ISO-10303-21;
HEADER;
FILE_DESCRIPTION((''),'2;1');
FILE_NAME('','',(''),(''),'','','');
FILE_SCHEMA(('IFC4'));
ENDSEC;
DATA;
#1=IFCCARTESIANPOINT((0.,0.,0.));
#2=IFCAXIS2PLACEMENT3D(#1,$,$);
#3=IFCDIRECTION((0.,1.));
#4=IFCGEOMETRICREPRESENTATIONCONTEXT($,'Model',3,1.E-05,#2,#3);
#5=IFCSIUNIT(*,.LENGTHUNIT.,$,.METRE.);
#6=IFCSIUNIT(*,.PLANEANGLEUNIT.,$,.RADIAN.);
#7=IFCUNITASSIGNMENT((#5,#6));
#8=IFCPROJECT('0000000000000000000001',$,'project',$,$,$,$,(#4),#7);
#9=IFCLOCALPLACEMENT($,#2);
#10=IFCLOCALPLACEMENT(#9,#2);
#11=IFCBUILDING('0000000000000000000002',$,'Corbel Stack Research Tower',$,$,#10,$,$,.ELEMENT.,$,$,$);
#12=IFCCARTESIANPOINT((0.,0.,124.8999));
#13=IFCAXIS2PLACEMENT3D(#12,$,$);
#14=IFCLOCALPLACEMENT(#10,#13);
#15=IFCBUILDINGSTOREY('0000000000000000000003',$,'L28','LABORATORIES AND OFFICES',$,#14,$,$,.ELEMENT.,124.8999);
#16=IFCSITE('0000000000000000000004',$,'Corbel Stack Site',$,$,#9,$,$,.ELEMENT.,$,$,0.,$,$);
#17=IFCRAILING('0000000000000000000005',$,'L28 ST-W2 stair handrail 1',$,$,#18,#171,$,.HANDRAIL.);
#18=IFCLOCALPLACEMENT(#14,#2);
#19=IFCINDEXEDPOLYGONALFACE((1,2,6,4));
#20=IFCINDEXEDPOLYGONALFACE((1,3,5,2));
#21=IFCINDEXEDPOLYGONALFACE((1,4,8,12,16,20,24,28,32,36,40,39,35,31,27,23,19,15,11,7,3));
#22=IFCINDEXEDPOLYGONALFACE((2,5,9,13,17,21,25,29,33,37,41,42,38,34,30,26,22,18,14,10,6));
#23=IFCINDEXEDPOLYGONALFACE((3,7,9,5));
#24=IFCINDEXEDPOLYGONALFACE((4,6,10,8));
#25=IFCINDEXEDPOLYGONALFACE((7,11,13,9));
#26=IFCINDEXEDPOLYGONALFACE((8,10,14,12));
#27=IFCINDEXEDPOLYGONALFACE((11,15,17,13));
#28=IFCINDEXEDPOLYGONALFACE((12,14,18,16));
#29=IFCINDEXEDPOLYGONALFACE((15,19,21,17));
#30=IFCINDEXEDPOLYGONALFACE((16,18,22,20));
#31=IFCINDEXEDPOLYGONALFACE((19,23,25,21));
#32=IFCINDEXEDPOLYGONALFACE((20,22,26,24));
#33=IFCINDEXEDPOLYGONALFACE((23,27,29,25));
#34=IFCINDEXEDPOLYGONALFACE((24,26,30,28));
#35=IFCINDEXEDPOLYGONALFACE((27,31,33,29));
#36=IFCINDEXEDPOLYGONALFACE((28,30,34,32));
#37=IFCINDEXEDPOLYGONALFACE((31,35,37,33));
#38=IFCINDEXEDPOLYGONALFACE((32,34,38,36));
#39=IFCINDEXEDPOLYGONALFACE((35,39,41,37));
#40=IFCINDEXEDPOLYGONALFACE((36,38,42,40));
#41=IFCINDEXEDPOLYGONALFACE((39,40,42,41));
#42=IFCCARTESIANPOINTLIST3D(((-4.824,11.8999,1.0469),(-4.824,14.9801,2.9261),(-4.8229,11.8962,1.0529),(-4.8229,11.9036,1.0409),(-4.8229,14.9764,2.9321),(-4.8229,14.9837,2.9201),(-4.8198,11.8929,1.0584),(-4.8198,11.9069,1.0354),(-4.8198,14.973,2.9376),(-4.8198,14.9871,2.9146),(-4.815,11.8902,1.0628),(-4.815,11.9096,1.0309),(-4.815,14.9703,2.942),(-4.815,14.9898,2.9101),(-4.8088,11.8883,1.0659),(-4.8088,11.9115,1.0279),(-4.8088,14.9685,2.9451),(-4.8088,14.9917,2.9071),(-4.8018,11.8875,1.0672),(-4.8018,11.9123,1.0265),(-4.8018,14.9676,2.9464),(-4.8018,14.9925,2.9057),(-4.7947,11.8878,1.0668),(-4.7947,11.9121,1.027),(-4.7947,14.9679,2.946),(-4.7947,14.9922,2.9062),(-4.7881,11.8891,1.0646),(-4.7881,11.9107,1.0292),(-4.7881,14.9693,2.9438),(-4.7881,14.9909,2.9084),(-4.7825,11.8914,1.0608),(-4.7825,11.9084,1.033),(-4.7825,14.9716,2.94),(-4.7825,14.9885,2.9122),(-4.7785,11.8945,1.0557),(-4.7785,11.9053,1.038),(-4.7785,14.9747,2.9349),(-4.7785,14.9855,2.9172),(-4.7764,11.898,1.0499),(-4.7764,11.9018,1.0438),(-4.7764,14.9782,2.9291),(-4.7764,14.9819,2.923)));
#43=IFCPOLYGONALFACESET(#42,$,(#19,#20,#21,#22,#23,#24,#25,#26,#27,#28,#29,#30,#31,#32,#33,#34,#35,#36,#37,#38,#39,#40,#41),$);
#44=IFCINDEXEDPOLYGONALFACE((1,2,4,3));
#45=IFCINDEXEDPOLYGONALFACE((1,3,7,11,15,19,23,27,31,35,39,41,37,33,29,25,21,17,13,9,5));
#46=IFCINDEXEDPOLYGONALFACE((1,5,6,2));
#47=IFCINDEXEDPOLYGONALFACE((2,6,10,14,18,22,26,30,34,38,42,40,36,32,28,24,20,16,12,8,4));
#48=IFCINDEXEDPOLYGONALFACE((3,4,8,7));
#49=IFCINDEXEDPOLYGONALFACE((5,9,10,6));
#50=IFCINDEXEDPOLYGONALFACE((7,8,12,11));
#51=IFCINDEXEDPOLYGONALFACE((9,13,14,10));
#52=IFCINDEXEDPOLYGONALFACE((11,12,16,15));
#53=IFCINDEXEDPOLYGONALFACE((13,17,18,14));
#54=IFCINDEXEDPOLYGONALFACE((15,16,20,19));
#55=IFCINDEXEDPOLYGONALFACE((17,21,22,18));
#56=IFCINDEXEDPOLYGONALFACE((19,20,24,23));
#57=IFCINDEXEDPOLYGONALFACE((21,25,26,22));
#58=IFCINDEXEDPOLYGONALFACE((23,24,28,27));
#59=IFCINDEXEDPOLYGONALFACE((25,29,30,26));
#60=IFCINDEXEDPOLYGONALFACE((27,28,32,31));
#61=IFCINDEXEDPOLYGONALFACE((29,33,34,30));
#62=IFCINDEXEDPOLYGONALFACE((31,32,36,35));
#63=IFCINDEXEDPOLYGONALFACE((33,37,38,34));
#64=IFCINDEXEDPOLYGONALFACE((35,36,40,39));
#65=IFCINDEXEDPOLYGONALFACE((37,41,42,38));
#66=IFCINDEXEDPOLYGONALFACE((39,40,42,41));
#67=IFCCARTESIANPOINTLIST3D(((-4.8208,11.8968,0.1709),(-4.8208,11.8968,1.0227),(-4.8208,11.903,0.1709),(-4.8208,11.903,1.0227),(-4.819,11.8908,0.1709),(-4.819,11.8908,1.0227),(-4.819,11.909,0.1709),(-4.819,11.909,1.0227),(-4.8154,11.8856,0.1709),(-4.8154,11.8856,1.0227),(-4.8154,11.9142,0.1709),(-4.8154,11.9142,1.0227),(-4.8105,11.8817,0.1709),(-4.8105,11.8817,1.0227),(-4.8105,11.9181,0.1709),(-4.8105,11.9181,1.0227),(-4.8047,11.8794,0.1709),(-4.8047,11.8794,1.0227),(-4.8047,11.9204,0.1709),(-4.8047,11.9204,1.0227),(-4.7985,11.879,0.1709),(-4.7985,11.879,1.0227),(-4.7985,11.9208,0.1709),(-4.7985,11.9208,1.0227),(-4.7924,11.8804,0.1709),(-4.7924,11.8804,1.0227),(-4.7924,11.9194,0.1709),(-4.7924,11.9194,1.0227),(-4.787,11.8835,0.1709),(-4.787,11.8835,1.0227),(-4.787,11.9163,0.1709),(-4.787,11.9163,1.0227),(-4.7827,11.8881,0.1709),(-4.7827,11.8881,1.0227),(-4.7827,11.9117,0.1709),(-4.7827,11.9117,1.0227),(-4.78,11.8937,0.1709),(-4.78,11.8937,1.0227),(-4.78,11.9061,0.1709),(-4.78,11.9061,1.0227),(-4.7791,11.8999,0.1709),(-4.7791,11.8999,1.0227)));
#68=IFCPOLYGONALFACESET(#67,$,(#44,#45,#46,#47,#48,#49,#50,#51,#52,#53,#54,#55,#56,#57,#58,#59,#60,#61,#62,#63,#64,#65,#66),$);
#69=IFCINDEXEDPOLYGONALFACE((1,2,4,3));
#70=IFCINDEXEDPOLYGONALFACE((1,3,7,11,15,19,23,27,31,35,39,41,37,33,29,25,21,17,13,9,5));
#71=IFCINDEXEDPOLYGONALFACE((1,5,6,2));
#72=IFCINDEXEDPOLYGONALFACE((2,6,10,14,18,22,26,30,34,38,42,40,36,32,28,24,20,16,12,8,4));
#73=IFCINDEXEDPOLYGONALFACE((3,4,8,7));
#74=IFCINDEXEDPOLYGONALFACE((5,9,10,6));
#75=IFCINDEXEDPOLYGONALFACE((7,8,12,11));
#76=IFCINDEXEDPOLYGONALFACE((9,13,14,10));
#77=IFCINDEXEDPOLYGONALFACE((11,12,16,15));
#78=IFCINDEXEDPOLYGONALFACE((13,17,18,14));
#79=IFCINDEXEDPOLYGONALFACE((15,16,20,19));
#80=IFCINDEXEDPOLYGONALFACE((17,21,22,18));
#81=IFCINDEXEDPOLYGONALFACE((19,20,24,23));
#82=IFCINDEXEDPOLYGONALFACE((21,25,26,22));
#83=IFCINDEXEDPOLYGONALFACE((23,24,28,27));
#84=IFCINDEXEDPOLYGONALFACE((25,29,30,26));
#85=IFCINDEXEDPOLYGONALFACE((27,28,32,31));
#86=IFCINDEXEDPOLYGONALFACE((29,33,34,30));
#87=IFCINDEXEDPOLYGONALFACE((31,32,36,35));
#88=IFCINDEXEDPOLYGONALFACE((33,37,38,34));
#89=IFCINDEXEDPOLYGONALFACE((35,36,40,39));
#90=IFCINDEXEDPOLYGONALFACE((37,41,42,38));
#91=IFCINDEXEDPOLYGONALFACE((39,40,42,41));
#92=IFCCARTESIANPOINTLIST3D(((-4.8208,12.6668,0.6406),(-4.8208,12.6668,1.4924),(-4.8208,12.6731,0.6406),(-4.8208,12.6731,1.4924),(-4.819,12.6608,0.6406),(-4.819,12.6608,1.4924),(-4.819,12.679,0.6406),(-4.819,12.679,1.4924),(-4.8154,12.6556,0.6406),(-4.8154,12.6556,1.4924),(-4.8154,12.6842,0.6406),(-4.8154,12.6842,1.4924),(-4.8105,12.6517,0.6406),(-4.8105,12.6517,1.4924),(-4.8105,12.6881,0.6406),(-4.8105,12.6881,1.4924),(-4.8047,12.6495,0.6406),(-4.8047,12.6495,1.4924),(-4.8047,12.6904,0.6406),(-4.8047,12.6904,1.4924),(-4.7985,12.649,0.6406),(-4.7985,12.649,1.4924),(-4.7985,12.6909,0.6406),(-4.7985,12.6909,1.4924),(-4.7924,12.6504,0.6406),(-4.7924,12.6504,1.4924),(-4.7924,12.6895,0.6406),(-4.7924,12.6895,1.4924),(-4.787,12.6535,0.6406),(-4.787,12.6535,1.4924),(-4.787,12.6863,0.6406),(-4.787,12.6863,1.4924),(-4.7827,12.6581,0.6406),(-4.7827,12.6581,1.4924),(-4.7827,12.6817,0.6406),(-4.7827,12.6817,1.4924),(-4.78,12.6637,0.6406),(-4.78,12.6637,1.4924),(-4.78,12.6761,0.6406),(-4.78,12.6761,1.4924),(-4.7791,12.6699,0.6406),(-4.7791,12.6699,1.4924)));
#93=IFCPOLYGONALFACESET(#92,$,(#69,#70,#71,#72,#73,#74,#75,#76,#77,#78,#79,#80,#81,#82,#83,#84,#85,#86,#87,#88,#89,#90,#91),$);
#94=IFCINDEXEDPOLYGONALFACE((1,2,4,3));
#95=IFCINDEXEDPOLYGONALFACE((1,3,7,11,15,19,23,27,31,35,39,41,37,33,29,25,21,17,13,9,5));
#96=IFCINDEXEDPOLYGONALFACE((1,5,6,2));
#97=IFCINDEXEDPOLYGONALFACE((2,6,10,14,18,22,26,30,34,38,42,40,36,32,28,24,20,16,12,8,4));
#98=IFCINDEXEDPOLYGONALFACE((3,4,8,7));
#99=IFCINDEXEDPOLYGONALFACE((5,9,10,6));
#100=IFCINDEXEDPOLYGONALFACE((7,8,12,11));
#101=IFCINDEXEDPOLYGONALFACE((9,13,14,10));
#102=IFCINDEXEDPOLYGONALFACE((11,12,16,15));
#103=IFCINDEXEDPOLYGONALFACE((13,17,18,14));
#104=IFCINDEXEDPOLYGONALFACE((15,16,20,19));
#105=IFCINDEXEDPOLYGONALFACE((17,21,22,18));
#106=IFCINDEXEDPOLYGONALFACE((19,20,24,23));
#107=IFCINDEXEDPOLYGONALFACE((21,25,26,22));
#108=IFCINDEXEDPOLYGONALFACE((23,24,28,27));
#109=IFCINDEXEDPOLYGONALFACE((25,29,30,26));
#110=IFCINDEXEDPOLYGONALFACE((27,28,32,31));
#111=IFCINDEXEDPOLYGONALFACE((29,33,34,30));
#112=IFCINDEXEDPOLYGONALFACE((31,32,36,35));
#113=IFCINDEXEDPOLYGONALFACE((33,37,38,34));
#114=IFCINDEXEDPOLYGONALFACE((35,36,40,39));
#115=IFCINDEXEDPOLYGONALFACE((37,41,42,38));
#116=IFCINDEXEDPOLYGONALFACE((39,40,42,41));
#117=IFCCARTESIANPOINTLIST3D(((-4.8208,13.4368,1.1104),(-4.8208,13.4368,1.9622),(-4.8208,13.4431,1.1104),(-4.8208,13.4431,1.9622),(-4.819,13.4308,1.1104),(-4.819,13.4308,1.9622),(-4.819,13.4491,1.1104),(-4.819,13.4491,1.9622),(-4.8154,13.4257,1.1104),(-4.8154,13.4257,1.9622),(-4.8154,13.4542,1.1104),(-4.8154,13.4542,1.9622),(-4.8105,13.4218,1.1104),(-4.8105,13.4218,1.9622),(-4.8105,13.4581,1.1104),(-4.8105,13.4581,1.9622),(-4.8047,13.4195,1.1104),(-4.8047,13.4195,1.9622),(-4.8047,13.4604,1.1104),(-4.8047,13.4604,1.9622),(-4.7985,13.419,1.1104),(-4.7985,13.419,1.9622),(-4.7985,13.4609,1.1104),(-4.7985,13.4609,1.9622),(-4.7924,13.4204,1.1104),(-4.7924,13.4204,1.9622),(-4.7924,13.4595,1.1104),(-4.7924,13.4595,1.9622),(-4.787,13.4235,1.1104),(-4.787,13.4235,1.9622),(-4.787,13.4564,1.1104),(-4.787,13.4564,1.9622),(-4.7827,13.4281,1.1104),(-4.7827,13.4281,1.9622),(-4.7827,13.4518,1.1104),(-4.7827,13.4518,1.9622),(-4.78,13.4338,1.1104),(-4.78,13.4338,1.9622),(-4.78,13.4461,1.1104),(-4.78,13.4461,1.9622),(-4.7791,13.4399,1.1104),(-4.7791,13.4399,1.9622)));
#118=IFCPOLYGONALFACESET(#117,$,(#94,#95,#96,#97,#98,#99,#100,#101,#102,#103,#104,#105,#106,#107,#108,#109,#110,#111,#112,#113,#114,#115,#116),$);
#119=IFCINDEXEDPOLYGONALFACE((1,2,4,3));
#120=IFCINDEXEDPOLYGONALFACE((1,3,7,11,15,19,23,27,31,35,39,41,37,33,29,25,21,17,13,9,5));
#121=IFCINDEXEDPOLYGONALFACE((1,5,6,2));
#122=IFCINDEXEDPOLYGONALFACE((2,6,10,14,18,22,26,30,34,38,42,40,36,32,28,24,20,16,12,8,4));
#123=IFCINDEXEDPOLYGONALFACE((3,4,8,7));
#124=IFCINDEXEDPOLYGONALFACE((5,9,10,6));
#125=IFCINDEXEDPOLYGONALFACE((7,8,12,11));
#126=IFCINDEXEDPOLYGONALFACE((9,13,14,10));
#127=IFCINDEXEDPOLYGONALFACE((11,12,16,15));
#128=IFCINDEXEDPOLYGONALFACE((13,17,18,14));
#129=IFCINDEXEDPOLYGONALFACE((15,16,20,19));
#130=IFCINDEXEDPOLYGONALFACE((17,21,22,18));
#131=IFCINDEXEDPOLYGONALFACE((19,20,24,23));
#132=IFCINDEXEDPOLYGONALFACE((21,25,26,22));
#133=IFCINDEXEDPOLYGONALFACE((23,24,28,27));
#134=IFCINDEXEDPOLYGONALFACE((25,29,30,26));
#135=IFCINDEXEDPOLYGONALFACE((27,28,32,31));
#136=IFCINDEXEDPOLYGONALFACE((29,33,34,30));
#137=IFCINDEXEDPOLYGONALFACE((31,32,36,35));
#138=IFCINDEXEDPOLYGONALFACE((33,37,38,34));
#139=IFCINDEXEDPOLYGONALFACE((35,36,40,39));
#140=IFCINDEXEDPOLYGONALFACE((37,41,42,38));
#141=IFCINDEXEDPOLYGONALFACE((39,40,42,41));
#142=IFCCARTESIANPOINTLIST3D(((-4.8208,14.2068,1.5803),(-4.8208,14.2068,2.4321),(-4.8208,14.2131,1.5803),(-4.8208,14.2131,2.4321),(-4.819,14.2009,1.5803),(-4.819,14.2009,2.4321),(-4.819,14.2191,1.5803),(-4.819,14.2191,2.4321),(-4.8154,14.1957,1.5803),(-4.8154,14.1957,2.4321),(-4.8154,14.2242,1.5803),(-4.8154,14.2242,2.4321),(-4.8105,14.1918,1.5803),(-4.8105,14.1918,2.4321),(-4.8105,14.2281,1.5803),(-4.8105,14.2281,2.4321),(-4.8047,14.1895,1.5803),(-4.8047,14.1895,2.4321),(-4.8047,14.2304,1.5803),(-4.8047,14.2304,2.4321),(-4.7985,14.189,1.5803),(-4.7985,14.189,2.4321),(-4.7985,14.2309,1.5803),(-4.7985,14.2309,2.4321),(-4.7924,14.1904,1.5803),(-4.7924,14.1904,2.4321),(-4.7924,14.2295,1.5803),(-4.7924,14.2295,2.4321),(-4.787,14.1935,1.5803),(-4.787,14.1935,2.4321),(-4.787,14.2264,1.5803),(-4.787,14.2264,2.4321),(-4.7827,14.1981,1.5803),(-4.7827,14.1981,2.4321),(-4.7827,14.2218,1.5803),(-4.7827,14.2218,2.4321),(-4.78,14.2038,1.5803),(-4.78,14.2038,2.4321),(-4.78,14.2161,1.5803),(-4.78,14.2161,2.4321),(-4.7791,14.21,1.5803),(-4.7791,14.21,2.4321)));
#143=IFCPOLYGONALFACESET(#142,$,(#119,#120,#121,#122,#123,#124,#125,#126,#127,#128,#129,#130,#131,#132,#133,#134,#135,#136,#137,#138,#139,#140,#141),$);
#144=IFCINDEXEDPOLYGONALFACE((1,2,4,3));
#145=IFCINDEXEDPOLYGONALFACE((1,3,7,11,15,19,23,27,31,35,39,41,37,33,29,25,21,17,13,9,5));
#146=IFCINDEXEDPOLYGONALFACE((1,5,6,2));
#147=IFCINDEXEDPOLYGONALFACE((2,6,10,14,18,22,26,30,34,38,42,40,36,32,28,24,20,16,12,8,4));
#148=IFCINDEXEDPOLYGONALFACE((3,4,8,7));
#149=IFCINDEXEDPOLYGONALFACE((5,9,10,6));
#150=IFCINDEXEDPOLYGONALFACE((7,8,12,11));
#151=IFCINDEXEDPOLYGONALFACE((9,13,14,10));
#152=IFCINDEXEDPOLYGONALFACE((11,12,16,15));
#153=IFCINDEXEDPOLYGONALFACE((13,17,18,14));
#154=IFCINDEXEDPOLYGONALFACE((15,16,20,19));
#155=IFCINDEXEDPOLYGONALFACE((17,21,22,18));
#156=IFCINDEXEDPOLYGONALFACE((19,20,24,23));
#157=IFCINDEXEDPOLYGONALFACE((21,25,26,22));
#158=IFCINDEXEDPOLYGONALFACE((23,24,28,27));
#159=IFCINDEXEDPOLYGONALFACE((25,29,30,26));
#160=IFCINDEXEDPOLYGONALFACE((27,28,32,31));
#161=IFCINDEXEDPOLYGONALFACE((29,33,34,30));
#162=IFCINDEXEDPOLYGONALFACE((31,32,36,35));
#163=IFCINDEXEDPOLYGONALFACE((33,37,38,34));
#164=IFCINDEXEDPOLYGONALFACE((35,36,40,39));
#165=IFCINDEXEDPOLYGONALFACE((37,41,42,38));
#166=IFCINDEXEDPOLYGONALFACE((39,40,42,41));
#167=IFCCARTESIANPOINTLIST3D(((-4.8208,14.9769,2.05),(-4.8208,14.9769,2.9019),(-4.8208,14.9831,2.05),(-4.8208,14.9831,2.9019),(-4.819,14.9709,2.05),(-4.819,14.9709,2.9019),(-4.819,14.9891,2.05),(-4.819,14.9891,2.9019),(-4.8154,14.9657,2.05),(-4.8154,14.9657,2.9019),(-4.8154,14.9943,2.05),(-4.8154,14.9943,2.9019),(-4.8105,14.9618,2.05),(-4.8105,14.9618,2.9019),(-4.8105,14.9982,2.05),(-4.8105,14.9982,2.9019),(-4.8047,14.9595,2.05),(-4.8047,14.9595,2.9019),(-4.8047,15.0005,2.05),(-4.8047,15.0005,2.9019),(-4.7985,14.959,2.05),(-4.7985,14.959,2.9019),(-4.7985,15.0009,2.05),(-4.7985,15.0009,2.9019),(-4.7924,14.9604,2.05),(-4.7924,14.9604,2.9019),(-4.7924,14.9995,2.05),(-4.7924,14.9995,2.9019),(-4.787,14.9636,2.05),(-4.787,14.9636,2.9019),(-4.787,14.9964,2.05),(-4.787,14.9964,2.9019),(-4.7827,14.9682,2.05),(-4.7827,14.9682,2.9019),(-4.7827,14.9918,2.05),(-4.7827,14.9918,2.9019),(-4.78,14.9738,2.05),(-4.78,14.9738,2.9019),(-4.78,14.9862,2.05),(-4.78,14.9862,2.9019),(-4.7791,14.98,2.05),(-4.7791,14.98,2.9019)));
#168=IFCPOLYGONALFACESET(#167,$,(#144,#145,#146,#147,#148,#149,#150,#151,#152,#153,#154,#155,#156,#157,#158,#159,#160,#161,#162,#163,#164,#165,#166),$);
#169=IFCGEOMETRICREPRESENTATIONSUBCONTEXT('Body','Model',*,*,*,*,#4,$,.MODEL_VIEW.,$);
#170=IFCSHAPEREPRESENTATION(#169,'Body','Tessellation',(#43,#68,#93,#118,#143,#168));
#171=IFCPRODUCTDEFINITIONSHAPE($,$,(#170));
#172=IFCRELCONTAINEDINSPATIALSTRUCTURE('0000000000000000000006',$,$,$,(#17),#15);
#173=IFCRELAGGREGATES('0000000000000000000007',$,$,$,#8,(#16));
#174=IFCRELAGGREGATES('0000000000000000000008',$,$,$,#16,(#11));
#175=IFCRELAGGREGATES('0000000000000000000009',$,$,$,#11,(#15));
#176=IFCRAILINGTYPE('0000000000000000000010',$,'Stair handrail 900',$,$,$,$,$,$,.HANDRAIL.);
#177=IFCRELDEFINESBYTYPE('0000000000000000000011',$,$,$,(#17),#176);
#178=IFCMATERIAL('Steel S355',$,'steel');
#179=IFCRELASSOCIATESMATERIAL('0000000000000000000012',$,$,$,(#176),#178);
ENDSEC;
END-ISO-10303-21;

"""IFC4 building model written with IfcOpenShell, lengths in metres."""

from ifc_helpers import new_model, si_unit, direction, frame, origin, origin_2d, place, context, subcontext, project, spatial, circle, extrude, material, type_object, element, save


model = new_model("IFC4")

# Units and contexts
model_context = context("Model", 3, precision=1e-05, world=origin(), true_north=direction((0.0, 1.0)))
body_context = subcontext(model_context, "Body", "Model", "MODEL_VIEW")
ifc_project = project(units=[si_unit("LENGTHUNIT", "METRE"), si_unit("PLANEANGLEUNIT", "RADIAN")], contexts=[model_context])

# Site, building, storey
site_placement = place(None, origin())
site = spatial("IfcSite", under=ifc_project, at=site_placement, Name="Corbel Stack Site", CompositionType="ELEMENT", RefElevation=0.0)
building_placement = place(site_placement, origin())
building = spatial("IfcBuilding", under=site, at=building_placement, Name="Corbel Stack Research Tower", CompositionType="ELEMENT")
storey_placement = place(building_placement, frame((0.0, 0.0, 124.8999)))
storey = spatial("IfcBuildingStorey", under=building, at=storey_placement, Name="L28", Description="LABORATORIES AND OFFICES", CompositionType="ELEMENT", Elevation=124.8999)

# Railing
ifc_material_1 = material(Name="Steel S355", Category="steel")
railing_type_1 = type_object("IfcRailingType", Name="Stair handrail 900", PredefinedType="HANDRAIL", material=ifc_material_1)
railing_1_placement = place(storey_placement, frame((-4.8, 11.8999, 0.1709)))
element("IfcRailing", 1, at=railing_1_placement, inside=storey, type_object=railing_type_1, Name="L28 ST-W2 stair handrail 1", PredefinedType="HANDRAIL", context=body_context, shape_type="SweptSolid", body=[
    extrude(circle(Radius=0.0239, at=origin_2d()), frame((0.0, 0.0, 0.876), z_axis=(0.0, 0.853666, 0.52082), x_axis=(-1.0, 0.0, 0.0)), (0.0, 0.0, 1.0), 3.6082),
    extrude(circle(Radius=0.021, at=origin_2d()), origin(), (0.0, 0.0, 1.0), 0.8518),
    extrude(circle(Radius=0.021, at=origin_2d()), frame((0.0, 0.77, 0.4697)), (0.0, 0.0, 1.0), 0.8518),
    extrude(circle(Radius=0.021, at=origin_2d()), frame((0.0, 1.54, 0.9395)), (0.0, 0.0, 1.0), 0.8518),
    extrude(circle(Radius=0.021, at=origin_2d()), frame((0.0, 2.3101, 1.4094)), (0.0, 0.0, 1.0), 0.8518),
    extrude(circle(Radius=0.021, at=origin_2d()), frame((0.0, 3.0801, 1.8792)), (0.0, 0.0, 1.0), 0.8518),
])

save(model, "model.ifc")
